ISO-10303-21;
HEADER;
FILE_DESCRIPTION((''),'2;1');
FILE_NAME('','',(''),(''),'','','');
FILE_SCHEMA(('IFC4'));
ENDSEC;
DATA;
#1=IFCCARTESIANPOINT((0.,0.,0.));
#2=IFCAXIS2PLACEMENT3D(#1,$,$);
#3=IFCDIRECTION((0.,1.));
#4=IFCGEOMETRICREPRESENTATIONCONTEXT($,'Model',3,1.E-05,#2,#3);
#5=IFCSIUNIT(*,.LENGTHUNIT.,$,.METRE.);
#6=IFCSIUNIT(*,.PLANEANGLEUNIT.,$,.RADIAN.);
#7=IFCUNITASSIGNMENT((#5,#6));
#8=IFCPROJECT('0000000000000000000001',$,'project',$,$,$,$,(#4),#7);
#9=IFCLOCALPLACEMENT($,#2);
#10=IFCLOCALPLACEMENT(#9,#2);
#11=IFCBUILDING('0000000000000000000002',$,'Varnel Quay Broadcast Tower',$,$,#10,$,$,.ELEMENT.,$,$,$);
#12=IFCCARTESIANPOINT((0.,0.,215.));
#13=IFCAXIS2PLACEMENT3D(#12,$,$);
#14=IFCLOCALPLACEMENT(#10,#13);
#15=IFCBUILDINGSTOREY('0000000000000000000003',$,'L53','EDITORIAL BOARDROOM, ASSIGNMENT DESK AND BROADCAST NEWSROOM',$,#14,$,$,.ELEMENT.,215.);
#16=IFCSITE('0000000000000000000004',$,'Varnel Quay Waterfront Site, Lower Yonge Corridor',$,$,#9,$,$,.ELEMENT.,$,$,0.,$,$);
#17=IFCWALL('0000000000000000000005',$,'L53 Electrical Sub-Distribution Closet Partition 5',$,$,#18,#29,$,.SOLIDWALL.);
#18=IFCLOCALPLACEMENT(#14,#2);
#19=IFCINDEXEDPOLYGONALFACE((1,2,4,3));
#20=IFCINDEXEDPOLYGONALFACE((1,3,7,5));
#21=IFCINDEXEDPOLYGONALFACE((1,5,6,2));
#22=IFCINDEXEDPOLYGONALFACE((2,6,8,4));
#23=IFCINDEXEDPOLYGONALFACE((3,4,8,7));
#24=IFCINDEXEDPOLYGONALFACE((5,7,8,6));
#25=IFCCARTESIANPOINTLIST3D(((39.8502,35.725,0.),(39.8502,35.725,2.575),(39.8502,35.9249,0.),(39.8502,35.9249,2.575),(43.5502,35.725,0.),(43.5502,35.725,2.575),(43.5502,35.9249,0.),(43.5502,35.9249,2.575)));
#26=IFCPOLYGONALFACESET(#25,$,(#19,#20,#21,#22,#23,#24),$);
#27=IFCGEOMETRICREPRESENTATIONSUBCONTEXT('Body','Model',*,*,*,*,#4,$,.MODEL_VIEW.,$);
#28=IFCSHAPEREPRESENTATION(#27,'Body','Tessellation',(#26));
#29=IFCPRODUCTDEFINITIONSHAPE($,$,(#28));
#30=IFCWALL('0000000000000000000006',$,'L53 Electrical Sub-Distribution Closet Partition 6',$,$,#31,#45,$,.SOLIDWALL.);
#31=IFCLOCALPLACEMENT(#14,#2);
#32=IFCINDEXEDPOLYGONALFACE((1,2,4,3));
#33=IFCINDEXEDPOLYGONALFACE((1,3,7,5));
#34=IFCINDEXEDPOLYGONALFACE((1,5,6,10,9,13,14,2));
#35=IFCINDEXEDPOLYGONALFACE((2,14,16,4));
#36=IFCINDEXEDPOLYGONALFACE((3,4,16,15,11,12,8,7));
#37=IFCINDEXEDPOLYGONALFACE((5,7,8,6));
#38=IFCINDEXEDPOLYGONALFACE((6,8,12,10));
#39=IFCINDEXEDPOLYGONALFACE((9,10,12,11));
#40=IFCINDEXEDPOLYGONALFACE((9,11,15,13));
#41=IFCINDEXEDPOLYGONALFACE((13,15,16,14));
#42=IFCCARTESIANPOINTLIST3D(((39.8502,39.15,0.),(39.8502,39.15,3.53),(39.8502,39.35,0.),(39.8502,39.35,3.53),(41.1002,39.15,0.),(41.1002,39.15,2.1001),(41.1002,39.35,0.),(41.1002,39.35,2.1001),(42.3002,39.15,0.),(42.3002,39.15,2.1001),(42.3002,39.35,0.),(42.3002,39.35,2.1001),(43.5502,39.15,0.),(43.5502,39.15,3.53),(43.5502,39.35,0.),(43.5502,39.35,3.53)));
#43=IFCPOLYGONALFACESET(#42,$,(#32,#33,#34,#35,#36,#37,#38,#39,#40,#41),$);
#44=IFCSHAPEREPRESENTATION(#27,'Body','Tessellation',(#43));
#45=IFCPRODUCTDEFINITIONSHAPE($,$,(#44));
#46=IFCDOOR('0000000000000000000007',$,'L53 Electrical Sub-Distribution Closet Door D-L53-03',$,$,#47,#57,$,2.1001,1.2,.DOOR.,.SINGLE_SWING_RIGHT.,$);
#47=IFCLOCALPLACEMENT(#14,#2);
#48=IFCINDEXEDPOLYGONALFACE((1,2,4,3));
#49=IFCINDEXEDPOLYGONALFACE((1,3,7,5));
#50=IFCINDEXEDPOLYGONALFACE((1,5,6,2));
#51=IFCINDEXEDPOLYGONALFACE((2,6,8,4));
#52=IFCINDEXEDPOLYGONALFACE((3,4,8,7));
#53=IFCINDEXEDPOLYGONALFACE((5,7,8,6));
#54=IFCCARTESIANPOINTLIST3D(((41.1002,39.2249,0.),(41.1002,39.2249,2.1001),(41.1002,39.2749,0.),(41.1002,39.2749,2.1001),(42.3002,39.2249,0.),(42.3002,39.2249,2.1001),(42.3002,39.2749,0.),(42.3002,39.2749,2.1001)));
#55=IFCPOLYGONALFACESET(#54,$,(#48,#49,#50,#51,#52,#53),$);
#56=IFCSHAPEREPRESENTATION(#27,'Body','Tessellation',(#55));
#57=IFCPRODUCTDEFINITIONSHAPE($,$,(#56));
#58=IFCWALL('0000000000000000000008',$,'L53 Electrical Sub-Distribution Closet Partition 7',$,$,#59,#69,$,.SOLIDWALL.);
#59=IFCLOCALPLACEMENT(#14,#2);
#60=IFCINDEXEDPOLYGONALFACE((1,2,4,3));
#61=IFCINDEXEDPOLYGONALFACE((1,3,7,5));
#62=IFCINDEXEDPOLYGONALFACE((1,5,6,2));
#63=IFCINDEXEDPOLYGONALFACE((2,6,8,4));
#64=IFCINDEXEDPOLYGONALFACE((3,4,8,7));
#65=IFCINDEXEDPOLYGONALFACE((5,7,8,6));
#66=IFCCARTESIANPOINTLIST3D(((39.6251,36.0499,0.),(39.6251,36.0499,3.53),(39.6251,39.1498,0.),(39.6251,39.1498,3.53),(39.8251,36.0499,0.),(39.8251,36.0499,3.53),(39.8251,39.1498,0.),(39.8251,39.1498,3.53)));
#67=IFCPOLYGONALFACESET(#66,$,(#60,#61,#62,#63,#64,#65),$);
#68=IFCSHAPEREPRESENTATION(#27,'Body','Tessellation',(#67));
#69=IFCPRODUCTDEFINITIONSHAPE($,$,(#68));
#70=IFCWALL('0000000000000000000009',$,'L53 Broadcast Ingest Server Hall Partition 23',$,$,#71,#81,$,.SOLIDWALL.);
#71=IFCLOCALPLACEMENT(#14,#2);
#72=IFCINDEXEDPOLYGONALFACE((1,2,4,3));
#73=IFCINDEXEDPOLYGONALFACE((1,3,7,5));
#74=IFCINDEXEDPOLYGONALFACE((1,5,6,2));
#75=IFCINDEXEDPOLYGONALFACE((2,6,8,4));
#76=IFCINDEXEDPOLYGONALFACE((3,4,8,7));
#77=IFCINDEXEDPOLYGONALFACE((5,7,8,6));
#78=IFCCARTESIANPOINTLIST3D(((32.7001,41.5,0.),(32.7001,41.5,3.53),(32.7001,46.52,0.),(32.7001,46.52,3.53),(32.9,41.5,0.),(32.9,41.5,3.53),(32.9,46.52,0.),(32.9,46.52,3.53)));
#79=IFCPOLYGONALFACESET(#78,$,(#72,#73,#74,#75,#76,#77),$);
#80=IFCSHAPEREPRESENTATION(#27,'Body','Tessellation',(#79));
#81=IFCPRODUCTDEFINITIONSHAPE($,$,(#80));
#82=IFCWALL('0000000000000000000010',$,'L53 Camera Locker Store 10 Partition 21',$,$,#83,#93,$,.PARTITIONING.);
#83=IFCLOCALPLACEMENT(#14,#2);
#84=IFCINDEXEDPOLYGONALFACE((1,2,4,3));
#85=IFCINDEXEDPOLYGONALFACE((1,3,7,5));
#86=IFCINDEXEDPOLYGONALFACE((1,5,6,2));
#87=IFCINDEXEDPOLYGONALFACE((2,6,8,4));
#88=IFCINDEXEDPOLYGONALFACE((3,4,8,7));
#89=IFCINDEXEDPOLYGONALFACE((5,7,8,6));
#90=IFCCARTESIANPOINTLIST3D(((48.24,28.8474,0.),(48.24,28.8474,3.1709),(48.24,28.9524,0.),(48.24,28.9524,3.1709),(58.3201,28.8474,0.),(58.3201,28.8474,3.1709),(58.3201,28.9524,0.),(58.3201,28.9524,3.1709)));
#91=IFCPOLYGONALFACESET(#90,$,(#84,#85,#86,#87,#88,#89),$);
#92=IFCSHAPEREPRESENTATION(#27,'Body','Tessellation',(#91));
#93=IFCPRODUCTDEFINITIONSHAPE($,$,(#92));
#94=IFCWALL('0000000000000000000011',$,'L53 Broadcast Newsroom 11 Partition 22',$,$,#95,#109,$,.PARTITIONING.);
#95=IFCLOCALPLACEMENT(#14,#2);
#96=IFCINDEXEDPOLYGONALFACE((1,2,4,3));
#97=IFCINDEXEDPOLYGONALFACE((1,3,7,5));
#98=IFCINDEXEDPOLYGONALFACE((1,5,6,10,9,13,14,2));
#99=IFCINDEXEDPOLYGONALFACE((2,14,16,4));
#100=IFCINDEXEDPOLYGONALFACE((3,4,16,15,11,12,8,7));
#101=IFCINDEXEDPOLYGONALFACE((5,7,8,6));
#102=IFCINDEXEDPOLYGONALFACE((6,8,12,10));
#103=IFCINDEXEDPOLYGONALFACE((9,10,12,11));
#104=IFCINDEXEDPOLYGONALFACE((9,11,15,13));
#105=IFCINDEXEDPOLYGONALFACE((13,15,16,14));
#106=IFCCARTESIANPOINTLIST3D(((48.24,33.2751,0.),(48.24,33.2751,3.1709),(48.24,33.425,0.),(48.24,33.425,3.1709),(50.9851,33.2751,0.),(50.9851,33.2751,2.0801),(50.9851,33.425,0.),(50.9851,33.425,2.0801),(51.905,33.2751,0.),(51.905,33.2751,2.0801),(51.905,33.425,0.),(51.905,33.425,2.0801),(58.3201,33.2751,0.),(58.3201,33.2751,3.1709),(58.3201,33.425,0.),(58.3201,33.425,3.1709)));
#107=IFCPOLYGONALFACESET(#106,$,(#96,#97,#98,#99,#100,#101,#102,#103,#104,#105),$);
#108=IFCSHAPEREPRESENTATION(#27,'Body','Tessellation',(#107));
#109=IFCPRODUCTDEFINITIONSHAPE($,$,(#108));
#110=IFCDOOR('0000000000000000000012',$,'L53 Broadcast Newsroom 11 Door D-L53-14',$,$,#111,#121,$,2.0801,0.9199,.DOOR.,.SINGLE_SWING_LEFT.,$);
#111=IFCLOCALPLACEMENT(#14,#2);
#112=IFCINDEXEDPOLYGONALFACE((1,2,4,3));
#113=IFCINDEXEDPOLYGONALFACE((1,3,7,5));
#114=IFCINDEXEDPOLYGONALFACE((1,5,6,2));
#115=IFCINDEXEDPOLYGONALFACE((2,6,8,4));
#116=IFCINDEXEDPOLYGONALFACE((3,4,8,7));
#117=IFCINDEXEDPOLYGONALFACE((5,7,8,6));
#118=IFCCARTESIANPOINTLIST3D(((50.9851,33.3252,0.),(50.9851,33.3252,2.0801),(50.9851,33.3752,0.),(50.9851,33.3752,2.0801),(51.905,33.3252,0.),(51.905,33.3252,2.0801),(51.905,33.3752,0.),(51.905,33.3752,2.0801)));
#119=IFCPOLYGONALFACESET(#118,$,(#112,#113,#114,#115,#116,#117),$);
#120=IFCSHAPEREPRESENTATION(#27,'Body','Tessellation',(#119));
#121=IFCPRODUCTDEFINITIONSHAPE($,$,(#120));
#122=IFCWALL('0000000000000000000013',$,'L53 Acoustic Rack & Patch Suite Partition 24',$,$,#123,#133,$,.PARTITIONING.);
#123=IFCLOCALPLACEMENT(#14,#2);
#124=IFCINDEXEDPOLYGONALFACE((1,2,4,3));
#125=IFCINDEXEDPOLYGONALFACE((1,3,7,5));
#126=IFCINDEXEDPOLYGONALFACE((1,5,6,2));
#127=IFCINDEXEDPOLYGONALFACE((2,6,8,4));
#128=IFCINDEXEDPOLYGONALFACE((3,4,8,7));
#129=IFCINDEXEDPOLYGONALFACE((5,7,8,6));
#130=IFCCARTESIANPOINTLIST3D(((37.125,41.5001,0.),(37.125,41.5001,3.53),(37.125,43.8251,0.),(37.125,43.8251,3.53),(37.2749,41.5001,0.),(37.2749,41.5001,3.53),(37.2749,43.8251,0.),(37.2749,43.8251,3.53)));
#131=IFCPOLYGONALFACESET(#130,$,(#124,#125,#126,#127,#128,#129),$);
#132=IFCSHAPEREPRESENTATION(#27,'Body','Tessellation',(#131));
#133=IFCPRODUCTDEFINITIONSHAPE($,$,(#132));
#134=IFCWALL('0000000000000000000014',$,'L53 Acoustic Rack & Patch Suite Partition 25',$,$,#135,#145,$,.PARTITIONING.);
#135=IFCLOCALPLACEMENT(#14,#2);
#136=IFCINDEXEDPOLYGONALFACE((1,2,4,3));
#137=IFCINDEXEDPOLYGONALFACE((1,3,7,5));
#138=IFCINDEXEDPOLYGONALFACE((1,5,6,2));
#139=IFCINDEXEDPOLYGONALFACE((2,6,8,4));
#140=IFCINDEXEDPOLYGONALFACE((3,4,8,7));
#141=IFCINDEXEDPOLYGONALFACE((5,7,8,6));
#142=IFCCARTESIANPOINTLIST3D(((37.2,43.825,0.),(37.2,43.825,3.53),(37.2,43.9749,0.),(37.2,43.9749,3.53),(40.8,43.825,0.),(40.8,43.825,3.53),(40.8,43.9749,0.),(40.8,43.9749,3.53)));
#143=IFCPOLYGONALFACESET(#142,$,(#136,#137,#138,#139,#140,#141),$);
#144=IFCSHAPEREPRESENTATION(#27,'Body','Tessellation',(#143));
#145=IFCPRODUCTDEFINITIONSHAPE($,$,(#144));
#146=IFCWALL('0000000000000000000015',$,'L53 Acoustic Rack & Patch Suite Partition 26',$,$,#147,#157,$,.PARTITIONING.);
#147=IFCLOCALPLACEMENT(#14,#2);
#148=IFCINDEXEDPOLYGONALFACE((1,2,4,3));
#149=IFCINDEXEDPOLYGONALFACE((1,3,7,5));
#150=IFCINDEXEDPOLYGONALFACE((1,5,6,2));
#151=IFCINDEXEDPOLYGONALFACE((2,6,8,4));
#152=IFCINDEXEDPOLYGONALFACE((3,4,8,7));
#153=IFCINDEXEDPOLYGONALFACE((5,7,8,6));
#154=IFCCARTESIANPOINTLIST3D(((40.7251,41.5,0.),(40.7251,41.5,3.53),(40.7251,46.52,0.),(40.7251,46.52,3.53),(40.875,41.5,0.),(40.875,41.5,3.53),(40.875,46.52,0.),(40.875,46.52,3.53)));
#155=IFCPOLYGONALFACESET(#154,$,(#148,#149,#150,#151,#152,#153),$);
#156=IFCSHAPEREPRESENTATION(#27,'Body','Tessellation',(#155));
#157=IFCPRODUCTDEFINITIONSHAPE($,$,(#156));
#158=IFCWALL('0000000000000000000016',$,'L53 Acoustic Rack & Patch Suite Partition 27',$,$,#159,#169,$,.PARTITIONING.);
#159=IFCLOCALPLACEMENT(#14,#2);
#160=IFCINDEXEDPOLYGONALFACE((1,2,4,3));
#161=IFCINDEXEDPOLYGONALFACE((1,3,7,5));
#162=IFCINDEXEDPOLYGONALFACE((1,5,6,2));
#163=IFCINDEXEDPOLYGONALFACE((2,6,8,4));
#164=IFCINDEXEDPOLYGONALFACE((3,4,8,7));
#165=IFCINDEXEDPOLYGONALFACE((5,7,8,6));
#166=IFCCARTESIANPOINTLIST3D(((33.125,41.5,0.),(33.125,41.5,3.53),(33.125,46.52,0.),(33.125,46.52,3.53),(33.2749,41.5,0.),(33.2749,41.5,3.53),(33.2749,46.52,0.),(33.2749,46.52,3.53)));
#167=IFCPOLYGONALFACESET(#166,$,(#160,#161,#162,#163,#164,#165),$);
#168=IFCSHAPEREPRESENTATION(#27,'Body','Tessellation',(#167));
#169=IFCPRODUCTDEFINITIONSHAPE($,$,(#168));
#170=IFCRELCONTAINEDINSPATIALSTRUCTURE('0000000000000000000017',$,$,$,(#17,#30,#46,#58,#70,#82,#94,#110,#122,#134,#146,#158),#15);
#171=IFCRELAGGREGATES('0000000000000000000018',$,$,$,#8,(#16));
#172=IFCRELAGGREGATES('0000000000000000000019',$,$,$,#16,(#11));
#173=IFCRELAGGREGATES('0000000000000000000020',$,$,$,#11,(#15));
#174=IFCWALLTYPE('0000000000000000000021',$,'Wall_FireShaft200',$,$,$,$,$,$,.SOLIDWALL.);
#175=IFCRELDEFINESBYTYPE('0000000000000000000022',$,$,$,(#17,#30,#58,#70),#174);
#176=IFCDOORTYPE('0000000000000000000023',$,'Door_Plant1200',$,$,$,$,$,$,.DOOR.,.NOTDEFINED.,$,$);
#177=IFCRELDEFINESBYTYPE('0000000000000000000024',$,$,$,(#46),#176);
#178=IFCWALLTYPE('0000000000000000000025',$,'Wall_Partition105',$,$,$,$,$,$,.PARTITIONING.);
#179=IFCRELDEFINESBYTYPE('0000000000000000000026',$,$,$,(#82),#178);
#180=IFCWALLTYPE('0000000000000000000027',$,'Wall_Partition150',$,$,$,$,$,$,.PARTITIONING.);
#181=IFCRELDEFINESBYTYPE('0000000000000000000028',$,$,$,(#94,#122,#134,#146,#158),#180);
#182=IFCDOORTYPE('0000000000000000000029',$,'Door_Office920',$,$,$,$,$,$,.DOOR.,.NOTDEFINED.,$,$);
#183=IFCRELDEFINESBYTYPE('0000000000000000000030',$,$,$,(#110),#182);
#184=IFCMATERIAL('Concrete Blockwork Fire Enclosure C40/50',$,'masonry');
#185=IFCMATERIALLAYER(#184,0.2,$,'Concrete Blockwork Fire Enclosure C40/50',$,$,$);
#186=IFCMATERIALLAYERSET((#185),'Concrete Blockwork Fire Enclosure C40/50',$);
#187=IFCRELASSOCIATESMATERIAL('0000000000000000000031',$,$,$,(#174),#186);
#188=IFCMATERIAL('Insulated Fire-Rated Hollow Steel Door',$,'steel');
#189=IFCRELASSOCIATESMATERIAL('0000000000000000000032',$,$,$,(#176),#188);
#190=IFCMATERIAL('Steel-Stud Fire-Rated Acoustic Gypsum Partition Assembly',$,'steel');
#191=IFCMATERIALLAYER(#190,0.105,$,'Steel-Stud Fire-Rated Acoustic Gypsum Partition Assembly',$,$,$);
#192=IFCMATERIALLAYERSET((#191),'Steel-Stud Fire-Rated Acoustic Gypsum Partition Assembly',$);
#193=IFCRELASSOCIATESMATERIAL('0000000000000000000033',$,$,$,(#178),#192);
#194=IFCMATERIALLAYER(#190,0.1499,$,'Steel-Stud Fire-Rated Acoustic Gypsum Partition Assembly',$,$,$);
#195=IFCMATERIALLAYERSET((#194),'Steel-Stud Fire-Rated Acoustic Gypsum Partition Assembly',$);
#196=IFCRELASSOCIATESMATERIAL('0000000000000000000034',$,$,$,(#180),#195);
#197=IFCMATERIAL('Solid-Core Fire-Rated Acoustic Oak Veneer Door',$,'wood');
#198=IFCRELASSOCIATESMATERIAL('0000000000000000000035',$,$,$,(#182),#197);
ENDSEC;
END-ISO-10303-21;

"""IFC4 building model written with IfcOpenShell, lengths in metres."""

from ifc_helpers import new_model, si_unit, direction, frame, frame_2d, origin, place, context, subcontext, project, spatial, rectangle, extrude, source, transform, mapped, material, layer, layer_set, type_object, type_shapes, element, fill, save


model = new_model("IFC4")

# Units and contexts
model_context = context("Model", 3, precision=1e-05, world=origin(), true_north=direction((0.0, 1.0)))
body_context = subcontext(model_context, "Body", "Model", "MODEL_VIEW")
ifc_project = project(units=[si_unit("LENGTHUNIT", "METRE"), si_unit("PLANEANGLEUNIT", "RADIAN")], contexts=[model_context])

# Site, building, storey
site_placement = place(None, origin())
site = spatial("IfcSite", under=ifc_project, at=site_placement, Name="Varnel Quay Waterfront Site, Lower Yonge Corridor", CompositionType="ELEMENT", RefElevation=0.0)
building_placement = place(site_placement, origin())
building = spatial("IfcBuilding", under=site, at=building_placement, Name="Varnel Quay Broadcast Tower", CompositionType="ELEMENT")
storey_placement = place(building_placement, frame((0.0, 0.0, 215.0)))
storey = spatial("IfcBuildingStorey", under=building, at=storey_placement, Name="L53", Description="EDITORIAL BOARDROOM, ASSIGNMENT DESK AND BROADCAST NEWSROOM", CompositionType="ELEMENT", Elevation=215.0)

# Shared definitions
ifc_material_1 = material(Name="Insulated Fire-Rated Hollow Steel Door", Category="steel")

# Wall
ifc_material_2 = material(Name="Concrete Blockwork Fire Enclosure C40/50", Category="masonry")
ifc_layer_1 = layer(ifc_material_2, 0.2, Name="Concrete Blockwork Fire Enclosure C40/50")
ifc_layer_set_1 = layer_set([ifc_layer_1], Name="Concrete Blockwork Fire Enclosure C40/50")
wall_type_1 = type_object("IfcWallType", Name="Wall_FireShaft200", PredefinedType="SOLIDWALL", material=ifc_layer_set_1)
wall_1_placement = place(storey_placement, frame((39.8501, 35.825, 0.0), z_axis=(0.0, 0.0, 1.0), x_axis=(1.0, 0.0, 0.0)))
element("IfcWall", 1, at=wall_1_placement, inside=storey, type_object=wall_type_1, Name="L53 Electrical Sub-Distribution Closet Partition 5", PredefinedType="SOLIDWALL", context=body_context, shape_type="SweptSolid", body=[
    extrude(rectangle(XDim=3.7, YDim=0.2, at=frame_2d((1.8501, 0.0))), origin(), (0.0, 0.0, 1.0), 2.575),
])

# Wall, opening, door
wall_2_placement = place(storey_placement, frame((39.8501, 39.25, 0.0), z_axis=(0.0, 0.0, 1.0), x_axis=(1.0, 0.0, 0.0)))
wall_2 = element("IfcWall", 2, at=wall_2_placement, inside=storey, type_object=wall_type_1, Name="L53 Electrical Sub-Distribution Closet Partition 6", PredefinedType="SOLIDWALL", context=body_context, shape_type="SweptSolid", body=[
    extrude(rectangle(XDim=3.7, YDim=0.2, at=frame_2d((1.8501, 0.0))), origin(), (0.0, 0.0, 1.0), 3.53),
])
opening_1_placement = place(wall_2_placement, frame((1.25, 0.0, 0.0)))
opening_1 = element("IfcOpeningElement", 3, at=opening_1_placement, cuts=wall_2, PredefinedType="OPENING", context=body_context, shape_type="SweptSolid", body=[
    extrude(rectangle(XDim=1.2, YDim=2.1001, at=frame_2d((0.6001, 1.05))), frame((0.0, 0.1099, 0.0), z_axis=(0.0, -1.0, 0.0), x_axis=(1.0, 0.0, 0.0)), (0.0, 0.0, 1.0), 0.22),
])
door_type_1 = type_object("IfcDoorType", Name="Door_Plant1200", OperationType="NOTDEFINED", PredefinedType="DOOR", material=ifc_material_1)
shared_shape_1 = source(origin(), body_context, "Body", "SweptSolid", [
    extrude(rectangle(XDim=1.2, YDim=2.1001, at=frame_2d((0.6001, 1.05))), frame((0.0, 0.0249, 0.0), z_axis=(0.0, -1.0, 0.0), x_axis=(1.0, 0.0, 0.0)), (0.0, 0.0, 1.0), 0.05),
])
type_shapes(door_type_1, [shared_shape_1])
door_1_placement = place(opening_1_placement, origin())
door_1 = element("IfcDoor", 4, at=door_1_placement, inside=storey, type_object=door_type_1, Name="L53 Electrical Sub-Distribution Closet Door D-L53-03", OperationType="SINGLE_SWING_RIGHT", OverallHeight=2.1001, OverallWidth=1.2, PredefinedType="DOOR", context=body_context, shape_type="MappedRepresentation", body=[
    mapped(shared_shape_1, transform((0.0, 0.0, 0.0), x_axis=(1.0, 0.0, 0.0), y_axis=(0.0, 1.0, 0.0), z_axis=(0.0, 0.0, 1.0), scale=1.0)),
])
fill(opening_1, door_1)

# Walls
wall_3_placement = place(storey_placement, frame((39.7251, 36.05, 0.0), z_axis=(0.0, 0.0, 1.0), x_axis=(0.0, 1.0, 0.0)))
element("IfcWall", 5, at=wall_3_placement, inside=storey, type_object=wall_type_1, Name="L53 Electrical Sub-Distribution Closet Partition 7", PredefinedType="SOLIDWALL", context=body_context, shape_type="SweptSolid", body=[
    extrude(rectangle(XDim=3.0999, YDim=0.2, at=frame_2d((1.5498, 0.0))), origin(), (0.0, 0.0, 1.0), 3.53),
])
wall_4_placement = place(storey_placement, frame((32.8, 41.5, 0.0), z_axis=(0.0, 0.0, 1.0), x_axis=(0.0, 1.0, 0.0)))
element("IfcWall", 6, at=wall_4_placement, inside=storey, type_object=wall_type_1, Name="L53 Broadcast Ingest Server Hall Partition 23", PredefinedType="SOLIDWALL", context=body_context, shape_type="SweptSolid", body=[
    extrude(rectangle(XDim=5.02, YDim=0.2, at=frame_2d((2.51, 0.0))), origin(), (0.0, 0.0, 1.0), 3.53),
])
ifc_material_3 = material(Name="Steel-Stud Fire-Rated Acoustic Gypsum Partition Assembly", Category="steel")
ifc_layer_2 = layer(ifc_material_3, 0.105, Name="Steel-Stud Fire-Rated Acoustic Gypsum Partition Assembly")
ifc_layer_set_2 = layer_set([ifc_layer_2], Name="Steel-Stud Fire-Rated Acoustic Gypsum Partition Assembly")
wall_type_2 = type_object("IfcWallType", Name="Wall_Partition105", PredefinedType="PARTITIONING", material=ifc_layer_set_2)
wall_5_placement = place(storey_placement, frame((48.24, 28.8999, 0.0), z_axis=(0.0, 0.0, 1.0), x_axis=(1.0, 0.0, 0.0)))
element("IfcWall", 7, at=wall_5_placement, inside=storey, type_object=wall_type_2, Name="L53 Camera Locker Store 10 Partition 21", PredefinedType="PARTITIONING", context=body_context, shape_type="SweptSolid", body=[
    extrude(rectangle(XDim=10.0801, YDim=0.105, at=frame_2d((5.04, 0.0))), origin(), (0.0, 0.0, 1.0), 3.1709),
])

# Wall, opening, door
ifc_layer_3 = layer(ifc_material_3, 0.1499, Name="Steel-Stud Fire-Rated Acoustic Gypsum Partition Assembly")
ifc_layer_set_3 = layer_set([ifc_layer_3], Name="Steel-Stud Fire-Rated Acoustic Gypsum Partition Assembly")
wall_type_3 = type_object("IfcWallType", Name="Wall_Partition150", PredefinedType="PARTITIONING", material=ifc_layer_set_3)
wall_6_placement = place(storey_placement, frame((48.24, 33.3501, 0.0), z_axis=(0.0, 0.0, 1.0), x_axis=(1.0, 0.0, 0.0)))
wall_6 = element("IfcWall", 8, at=wall_6_placement, inside=storey, type_object=wall_type_3, Name="L53 Broadcast Newsroom 11 Partition 22", PredefinedType="PARTITIONING", context=body_context, shape_type="SweptSolid", body=[
    extrude(rectangle(XDim=10.0801, YDim=0.1499, at=frame_2d((5.04, 0.0))), origin(), (0.0, 0.0, 1.0), 3.1709),
])
opening_2_placement = place(wall_6_placement, frame((2.7451, 0.0, 0.0)))
opening_2 = element("IfcOpeningElement", 9, at=opening_2_placement, cuts=wall_6, PredefinedType="OPENING", context=body_context, shape_type="SweptSolid", body=[
    extrude(rectangle(XDim=0.9199, YDim=2.0801, at=frame_2d((0.46, 1.04))), frame((0.0, 0.085, 0.0), z_axis=(0.0, -1.0, 0.0), x_axis=(1.0, 0.0, 0.0)), (0.0, 0.0, 1.0), 0.1699),
])
ifc_material_4 = material(Name="Solid-Core Fire-Rated Acoustic Oak Veneer Door", Category="wood")
door_type_2 = type_object("IfcDoorType", Name="Door_Office920", OperationType="NOTDEFINED", PredefinedType="DOOR", material=ifc_material_4)
shared_shape_2 = source(origin(), body_context, "Body", "SweptSolid", [
    extrude(rectangle(XDim=0.9199, YDim=2.0801, at=frame_2d((0.46, 1.04))), frame((0.0, 0.0249, 0.0), z_axis=(0.0, -1.0, 0.0), x_axis=(1.0, 0.0, 0.0)), (0.0, 0.0, 1.0), 0.05),
])
type_shapes(door_type_2, [shared_shape_2])
door_2_placement = place(opening_2_placement, frame((0.9199, 0.0, 0.0), z_axis=(0.0, 0.0, 1.0), x_axis=(-1.0, 0.0, 0.0)))
door_2 = element("IfcDoor", 10, at=door_2_placement, inside=storey, type_object=door_type_2, Name="L53 Broadcast Newsroom 11 Door D-L53-14", OperationType="SINGLE_SWING_LEFT", OverallHeight=2.0801, OverallWidth=0.9199, PredefinedType="DOOR", context=body_context, shape_type="MappedRepresentation", body=[
    mapped(shared_shape_2, transform((0.0, 0.0, 0.0), x_axis=(1.0, 0.0, 0.0), y_axis=(0.0, 1.0, 0.0), z_axis=(0.0, 0.0, 1.0), scale=1.0)),
])
fill(opening_2, door_2)

# Walls
wall_7_placement = place(storey_placement, frame((37.2, 41.5, 0.0), z_axis=(0.0, 0.0, 1.0), x_axis=(0.0, 1.0, 0.0)))
element("IfcWall", 11, at=wall_7_placement, inside=storey, type_object=wall_type_3, Name="L53 Acoustic Rack & Patch Suite Partition 24", PredefinedType="PARTITIONING", context=body_context, shape_type="SweptSolid", body=[
    extrude(rectangle(XDim=2.325, YDim=0.1499, at=frame_2d((1.1626, 0.0))), origin(), (0.0, 0.0, 1.0), 3.53),
])
wall_8_placement = place(storey_placement, frame((37.2, 43.8999, 0.0), z_axis=(0.0, 0.0, 1.0), x_axis=(1.0, 0.0, 0.0)))
element("IfcWall", 12, at=wall_8_placement, inside=storey, type_object=wall_type_3, Name="L53 Acoustic Rack & Patch Suite Partition 25", PredefinedType="PARTITIONING", context=body_context, shape_type="SweptSolid", body=[
    extrude(rectangle(XDim=3.6001, YDim=0.1499, at=frame_2d((1.8, 0.0))), origin(), (0.0, 0.0, 1.0), 3.53),
])
for number, where, z_axis, x_axis, name in (
    (13, (40.8, 41.5, 0.0), (0.0, 0.0, 1.0), (0.0, 1.0, 0.0), "L53 Acoustic Rack & Patch Suite Partition 26"),
    (14, (33.2, 41.5, 0.0), (0.0, 0.0, 1.0), (0.0, 1.0, 0.0), "L53 Acoustic Rack & Patch Suite Partition 27"),
):
    element("IfcWall", number, at=place(storey_placement, frame(where, z_axis=z_axis, x_axis=x_axis)), inside=storey, type_object=wall_type_3, Name=name, PredefinedType="PARTITIONING", context=body_context, shape_type="SweptSolid", body=[
        extrude(rectangle(XDim=5.02, YDim=0.1499, at=frame_2d((2.51, 0.0))), origin(), (0.0, 0.0, 1.0), 3.53),
    ])

save(model, "model.ifc")
